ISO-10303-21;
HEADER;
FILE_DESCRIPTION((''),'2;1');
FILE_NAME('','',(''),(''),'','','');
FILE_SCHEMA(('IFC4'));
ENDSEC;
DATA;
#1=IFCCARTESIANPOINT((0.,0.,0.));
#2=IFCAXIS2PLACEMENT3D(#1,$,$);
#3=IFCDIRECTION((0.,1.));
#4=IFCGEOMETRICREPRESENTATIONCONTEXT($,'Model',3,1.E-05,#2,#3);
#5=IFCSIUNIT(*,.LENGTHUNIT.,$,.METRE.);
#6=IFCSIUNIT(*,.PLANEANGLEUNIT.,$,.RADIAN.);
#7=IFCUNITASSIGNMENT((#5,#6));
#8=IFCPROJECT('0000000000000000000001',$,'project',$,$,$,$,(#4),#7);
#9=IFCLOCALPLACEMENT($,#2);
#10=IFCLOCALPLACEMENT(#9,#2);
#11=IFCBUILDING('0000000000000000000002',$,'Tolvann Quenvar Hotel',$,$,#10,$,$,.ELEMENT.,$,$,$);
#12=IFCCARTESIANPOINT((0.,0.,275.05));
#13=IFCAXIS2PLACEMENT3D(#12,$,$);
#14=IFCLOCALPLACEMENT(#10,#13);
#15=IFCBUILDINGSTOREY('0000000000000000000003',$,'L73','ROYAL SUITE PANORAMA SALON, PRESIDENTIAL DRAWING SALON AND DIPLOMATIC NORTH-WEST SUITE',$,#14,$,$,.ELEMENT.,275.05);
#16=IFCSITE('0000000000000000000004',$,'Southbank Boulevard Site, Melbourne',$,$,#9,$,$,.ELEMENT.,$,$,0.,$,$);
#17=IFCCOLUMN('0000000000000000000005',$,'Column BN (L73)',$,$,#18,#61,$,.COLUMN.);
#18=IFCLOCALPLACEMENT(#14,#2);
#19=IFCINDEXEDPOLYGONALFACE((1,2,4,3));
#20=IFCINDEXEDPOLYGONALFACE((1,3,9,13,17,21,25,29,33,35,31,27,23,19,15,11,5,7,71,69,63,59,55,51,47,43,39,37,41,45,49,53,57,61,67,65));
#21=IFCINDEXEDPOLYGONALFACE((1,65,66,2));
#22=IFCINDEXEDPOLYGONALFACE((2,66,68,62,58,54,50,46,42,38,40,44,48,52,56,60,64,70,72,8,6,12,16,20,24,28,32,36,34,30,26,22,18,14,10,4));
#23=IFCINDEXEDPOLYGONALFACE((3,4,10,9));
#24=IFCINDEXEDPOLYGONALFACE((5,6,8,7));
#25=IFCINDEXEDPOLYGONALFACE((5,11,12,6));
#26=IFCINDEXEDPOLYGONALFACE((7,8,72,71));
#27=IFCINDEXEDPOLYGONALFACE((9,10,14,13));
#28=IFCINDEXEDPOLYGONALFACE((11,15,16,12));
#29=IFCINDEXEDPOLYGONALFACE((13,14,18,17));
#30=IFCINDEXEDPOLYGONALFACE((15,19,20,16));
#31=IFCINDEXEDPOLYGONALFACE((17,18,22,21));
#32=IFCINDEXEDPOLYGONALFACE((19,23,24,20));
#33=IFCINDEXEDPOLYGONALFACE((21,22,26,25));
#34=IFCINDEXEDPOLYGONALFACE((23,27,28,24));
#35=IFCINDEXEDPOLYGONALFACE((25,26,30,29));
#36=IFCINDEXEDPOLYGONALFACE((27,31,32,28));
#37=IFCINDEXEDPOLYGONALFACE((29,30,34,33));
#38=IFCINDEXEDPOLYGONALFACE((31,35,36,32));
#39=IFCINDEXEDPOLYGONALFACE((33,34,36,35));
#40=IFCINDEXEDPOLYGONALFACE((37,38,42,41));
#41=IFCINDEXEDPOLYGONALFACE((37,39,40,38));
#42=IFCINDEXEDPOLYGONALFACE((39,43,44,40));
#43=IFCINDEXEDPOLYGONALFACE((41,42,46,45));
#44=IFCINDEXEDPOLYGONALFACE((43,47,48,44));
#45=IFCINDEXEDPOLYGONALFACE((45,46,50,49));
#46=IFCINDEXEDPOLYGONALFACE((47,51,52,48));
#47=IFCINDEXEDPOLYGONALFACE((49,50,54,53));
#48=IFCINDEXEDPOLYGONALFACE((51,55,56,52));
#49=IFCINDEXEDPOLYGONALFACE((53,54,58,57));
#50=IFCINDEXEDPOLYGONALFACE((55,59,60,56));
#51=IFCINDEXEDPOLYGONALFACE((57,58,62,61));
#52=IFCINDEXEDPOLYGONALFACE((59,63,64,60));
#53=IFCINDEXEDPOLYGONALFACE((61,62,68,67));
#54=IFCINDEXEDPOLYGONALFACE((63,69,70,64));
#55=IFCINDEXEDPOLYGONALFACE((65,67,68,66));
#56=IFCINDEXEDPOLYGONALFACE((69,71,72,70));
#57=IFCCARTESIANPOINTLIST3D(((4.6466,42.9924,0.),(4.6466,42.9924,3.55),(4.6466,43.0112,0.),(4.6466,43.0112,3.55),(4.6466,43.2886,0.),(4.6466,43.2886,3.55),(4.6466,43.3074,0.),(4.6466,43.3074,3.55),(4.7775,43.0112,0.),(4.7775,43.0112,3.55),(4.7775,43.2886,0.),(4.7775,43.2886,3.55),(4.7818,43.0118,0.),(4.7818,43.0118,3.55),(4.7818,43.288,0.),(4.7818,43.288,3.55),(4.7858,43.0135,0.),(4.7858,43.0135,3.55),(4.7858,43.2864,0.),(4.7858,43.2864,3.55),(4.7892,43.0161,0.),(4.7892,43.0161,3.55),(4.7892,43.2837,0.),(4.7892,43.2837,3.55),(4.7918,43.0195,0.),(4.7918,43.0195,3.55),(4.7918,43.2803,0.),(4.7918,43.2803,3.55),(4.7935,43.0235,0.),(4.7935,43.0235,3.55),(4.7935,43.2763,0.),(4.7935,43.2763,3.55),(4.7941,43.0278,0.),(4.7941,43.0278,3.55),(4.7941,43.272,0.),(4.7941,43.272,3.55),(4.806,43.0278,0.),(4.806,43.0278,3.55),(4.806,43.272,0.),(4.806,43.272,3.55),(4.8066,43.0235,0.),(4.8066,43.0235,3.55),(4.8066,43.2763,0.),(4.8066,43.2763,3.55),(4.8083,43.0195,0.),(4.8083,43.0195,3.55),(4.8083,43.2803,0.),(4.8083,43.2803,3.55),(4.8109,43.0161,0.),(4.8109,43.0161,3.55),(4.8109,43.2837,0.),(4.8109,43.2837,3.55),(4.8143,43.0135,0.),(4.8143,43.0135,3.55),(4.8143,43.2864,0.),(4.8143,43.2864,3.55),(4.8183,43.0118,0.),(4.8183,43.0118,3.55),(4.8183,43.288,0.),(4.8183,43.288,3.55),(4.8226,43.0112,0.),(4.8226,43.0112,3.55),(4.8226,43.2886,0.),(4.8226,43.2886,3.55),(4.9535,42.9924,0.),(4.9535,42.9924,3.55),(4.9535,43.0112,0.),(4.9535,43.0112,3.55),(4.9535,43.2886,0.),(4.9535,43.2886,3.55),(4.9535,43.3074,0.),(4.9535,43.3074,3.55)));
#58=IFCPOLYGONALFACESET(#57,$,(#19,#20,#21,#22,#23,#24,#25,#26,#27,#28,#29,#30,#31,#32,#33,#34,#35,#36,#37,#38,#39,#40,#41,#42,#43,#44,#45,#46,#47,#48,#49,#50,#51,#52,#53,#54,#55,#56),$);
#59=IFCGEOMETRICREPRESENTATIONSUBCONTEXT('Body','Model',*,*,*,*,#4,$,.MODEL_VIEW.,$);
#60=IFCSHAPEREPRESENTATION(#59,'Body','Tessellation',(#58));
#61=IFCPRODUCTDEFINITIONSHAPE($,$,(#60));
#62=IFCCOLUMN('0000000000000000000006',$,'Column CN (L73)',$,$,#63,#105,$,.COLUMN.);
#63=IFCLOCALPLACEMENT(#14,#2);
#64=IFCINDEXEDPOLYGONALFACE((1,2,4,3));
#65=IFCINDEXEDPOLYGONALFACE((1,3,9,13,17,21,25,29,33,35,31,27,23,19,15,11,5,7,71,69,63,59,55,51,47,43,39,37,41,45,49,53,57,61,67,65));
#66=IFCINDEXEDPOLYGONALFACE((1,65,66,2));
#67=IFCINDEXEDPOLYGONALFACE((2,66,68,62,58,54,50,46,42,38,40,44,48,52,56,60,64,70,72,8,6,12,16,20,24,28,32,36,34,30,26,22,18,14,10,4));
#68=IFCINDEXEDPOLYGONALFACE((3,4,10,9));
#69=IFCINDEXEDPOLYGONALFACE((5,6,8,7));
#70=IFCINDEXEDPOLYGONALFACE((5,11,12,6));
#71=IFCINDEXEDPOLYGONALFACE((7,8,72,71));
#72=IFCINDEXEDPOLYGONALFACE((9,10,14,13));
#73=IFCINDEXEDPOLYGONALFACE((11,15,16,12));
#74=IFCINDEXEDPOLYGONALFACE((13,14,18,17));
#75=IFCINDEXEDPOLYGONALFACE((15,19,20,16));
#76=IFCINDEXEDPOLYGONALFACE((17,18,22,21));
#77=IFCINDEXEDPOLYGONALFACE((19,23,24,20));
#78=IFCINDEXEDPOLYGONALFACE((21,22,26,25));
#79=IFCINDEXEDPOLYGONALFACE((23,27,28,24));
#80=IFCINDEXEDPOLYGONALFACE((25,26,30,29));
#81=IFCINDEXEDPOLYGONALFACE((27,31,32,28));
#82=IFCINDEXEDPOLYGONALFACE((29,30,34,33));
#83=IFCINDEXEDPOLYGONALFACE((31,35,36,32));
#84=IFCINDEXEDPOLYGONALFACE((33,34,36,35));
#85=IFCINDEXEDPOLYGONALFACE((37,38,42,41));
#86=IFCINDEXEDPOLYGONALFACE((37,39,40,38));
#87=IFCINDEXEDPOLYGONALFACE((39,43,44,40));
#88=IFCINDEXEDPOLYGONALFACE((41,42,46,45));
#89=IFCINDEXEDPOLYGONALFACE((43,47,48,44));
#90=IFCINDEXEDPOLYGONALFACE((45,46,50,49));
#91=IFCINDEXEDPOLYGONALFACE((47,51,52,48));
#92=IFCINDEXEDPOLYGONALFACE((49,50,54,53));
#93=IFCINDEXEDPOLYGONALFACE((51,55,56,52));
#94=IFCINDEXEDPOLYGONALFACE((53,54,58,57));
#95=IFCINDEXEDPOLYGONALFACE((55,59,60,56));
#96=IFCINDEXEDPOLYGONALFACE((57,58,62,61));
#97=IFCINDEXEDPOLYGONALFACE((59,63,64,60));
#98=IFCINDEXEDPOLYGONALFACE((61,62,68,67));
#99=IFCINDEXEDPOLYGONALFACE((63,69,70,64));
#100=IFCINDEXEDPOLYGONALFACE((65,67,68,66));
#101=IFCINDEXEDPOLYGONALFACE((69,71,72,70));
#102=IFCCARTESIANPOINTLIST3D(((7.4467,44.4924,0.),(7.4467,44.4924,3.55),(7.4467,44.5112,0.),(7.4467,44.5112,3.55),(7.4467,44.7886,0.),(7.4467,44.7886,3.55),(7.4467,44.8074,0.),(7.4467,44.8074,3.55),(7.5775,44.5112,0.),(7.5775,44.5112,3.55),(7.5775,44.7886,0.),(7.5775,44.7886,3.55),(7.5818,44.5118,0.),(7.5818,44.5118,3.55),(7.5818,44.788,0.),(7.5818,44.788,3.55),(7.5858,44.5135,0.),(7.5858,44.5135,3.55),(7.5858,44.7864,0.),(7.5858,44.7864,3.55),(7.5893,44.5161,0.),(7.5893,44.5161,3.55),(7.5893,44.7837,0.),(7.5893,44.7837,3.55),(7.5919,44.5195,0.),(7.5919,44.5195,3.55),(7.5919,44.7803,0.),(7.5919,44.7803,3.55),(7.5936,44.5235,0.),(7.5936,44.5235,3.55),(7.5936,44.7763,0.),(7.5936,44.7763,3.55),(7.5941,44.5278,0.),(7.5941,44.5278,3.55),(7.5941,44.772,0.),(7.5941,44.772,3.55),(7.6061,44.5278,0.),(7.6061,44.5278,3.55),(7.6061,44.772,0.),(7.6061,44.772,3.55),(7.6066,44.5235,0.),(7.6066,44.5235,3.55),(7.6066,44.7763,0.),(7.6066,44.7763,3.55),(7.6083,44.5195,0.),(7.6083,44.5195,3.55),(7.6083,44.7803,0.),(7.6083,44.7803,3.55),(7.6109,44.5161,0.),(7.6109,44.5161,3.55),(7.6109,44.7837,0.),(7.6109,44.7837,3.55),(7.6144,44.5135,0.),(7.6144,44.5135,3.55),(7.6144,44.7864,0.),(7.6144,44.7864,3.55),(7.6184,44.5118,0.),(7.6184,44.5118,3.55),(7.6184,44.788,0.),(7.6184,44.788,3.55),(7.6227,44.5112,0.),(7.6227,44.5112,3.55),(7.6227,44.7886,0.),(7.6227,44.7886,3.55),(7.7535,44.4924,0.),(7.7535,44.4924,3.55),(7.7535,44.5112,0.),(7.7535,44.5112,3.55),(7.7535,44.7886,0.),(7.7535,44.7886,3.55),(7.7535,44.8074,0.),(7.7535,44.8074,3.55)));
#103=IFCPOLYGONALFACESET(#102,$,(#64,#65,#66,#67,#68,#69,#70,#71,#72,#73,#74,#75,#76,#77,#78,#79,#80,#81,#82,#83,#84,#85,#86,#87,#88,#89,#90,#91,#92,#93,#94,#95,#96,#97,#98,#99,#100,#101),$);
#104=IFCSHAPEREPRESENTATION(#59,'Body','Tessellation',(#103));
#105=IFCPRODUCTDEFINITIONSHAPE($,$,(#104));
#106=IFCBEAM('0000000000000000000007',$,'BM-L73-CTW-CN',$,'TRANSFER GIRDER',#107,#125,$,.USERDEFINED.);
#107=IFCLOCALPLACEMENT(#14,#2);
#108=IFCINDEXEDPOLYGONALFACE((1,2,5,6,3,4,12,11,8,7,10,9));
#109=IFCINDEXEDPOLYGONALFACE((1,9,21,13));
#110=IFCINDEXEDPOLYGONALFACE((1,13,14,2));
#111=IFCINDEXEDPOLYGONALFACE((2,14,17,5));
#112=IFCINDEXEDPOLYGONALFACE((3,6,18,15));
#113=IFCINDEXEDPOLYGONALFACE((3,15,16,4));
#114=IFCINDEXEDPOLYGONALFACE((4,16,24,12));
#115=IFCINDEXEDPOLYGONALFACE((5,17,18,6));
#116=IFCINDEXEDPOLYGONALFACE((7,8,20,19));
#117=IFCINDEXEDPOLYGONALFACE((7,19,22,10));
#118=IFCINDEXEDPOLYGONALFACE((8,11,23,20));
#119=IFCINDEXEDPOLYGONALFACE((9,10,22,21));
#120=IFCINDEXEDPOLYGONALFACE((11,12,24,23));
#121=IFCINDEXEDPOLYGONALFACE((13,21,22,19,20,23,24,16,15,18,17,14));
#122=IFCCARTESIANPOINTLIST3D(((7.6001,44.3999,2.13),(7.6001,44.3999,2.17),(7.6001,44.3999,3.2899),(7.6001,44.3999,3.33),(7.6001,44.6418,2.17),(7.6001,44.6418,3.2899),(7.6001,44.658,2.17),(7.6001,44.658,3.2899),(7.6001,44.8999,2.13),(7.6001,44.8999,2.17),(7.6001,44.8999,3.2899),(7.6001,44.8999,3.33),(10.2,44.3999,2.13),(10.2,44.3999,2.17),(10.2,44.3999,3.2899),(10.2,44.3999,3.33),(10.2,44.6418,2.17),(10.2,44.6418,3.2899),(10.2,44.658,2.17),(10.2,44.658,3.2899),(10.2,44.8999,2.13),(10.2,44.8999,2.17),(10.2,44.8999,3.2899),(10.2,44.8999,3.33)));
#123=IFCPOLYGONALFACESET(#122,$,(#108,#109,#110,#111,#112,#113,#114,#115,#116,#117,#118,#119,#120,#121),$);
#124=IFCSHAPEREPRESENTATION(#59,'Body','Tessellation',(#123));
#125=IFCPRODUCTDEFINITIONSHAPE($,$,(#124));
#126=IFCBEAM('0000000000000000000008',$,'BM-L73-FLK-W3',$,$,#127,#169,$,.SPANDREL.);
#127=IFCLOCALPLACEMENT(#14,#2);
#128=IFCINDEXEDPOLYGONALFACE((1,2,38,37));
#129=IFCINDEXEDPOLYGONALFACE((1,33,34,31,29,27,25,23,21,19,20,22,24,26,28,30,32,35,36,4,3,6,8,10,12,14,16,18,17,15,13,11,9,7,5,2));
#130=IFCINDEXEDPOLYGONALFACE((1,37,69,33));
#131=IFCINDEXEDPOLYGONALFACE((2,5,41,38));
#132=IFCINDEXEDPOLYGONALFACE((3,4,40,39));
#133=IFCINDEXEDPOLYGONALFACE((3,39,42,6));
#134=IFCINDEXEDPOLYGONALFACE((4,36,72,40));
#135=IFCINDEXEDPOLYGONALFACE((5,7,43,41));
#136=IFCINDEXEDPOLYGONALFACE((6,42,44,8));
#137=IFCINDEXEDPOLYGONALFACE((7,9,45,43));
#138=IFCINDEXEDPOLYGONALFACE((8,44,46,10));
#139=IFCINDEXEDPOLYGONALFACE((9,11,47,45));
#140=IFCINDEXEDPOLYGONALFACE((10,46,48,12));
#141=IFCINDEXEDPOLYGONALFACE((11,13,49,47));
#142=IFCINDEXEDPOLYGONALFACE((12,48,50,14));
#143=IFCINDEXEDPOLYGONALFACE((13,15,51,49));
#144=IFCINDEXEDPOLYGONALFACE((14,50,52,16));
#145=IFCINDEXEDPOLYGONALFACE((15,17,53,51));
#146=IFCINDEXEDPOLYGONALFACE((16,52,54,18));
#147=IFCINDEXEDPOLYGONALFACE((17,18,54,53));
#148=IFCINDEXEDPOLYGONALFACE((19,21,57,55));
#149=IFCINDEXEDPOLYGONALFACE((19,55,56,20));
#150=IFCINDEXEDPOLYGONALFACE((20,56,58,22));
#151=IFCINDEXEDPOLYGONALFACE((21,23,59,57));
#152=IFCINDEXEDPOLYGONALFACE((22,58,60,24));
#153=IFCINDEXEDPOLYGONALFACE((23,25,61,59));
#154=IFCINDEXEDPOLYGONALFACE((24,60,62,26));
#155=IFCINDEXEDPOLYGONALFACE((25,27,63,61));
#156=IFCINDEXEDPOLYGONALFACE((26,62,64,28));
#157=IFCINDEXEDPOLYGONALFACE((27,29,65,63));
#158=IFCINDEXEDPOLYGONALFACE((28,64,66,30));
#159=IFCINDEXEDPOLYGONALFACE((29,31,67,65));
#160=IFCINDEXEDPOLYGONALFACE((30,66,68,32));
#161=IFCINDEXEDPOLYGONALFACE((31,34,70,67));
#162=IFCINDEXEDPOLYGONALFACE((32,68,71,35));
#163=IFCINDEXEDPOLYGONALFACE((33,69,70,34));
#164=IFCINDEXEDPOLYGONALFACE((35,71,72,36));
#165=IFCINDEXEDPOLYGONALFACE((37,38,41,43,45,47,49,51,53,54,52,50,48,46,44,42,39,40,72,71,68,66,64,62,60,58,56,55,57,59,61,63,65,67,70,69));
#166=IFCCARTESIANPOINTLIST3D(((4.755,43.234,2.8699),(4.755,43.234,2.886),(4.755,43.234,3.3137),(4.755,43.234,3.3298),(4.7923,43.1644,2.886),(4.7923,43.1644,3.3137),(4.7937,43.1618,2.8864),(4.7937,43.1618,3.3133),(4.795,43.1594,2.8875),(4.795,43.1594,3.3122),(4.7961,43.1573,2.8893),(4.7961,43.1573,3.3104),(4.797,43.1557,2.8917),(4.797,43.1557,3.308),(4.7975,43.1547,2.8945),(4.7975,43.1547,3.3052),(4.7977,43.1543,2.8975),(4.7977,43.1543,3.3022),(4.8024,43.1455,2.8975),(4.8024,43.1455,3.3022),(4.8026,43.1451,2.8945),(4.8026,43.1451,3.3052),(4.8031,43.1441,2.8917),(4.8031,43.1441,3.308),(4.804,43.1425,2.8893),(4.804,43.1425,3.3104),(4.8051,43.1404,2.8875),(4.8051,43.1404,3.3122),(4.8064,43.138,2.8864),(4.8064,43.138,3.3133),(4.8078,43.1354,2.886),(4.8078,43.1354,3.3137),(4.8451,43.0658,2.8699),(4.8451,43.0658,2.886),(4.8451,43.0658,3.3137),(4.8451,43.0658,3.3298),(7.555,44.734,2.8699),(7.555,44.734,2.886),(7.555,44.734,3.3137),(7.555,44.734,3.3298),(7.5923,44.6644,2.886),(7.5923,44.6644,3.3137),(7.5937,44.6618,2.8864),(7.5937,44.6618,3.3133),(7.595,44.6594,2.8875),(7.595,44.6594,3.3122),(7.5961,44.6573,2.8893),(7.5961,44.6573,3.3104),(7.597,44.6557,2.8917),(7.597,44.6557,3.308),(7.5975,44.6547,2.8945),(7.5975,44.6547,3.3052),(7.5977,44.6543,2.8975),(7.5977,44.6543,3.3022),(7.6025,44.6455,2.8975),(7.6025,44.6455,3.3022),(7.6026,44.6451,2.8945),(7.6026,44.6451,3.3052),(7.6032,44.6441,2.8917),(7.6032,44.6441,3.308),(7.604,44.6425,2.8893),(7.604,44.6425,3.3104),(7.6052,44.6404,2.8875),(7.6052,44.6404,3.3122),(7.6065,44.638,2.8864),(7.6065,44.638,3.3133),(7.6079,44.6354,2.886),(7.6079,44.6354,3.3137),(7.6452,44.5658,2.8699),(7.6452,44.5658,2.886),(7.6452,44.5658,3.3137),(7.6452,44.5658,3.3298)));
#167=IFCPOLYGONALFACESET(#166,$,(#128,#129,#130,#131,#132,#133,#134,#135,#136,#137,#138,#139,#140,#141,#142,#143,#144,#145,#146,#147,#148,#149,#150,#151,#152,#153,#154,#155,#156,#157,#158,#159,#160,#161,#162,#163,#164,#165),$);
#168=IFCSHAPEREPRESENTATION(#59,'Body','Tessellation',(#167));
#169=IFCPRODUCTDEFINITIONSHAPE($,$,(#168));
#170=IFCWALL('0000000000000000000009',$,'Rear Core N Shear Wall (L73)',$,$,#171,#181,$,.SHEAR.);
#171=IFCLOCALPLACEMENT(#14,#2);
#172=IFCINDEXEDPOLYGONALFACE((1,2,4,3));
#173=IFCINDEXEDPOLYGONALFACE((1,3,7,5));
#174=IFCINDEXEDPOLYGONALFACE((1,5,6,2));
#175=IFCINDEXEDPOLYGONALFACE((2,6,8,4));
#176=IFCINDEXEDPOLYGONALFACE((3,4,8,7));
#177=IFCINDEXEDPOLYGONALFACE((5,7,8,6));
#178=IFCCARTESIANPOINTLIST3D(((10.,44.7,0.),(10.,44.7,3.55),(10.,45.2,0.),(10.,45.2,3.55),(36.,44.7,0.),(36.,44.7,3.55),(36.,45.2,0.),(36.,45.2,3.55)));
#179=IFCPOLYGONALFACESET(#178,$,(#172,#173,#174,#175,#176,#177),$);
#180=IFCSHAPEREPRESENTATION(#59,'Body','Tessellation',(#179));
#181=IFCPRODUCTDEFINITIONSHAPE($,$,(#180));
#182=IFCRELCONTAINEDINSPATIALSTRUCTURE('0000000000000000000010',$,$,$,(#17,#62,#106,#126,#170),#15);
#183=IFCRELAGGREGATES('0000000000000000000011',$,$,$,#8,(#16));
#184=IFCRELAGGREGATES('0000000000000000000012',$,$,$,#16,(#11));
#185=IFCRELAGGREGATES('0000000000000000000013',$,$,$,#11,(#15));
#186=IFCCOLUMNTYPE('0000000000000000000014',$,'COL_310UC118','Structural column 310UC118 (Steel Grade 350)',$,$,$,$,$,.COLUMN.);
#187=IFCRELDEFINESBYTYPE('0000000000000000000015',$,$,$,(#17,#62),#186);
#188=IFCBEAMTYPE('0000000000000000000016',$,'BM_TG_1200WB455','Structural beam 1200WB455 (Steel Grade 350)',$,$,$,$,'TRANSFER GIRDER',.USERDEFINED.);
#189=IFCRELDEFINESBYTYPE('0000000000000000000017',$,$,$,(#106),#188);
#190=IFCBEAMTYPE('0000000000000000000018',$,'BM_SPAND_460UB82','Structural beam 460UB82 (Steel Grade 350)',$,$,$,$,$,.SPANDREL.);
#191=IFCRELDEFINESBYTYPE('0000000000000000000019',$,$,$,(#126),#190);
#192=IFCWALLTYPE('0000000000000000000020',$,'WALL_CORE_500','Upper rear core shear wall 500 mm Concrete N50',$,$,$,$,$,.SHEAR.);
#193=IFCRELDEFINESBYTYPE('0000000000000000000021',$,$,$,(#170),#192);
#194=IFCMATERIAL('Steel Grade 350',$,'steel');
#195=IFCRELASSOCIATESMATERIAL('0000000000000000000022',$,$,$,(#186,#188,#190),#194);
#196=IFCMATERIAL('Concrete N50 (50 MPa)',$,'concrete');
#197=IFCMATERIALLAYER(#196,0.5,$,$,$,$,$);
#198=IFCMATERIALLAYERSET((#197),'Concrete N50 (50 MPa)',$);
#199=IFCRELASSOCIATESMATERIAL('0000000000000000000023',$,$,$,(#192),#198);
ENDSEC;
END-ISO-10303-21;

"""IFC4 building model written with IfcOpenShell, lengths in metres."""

from ifc_helpers import new_model, si_unit, direction, frame, frame_2d, origin, origin_2d, place, context, subcontext, project, spatial, rectangle, i_section, extrude, source, transform, mapped, material, layer, layer_set, material_profile, profile_set, type_object, type_shapes, element, save


model = new_model("IFC4")

# Units and contexts
model_context = context("Model", 3, precision=1e-05, world=origin(), true_north=direction((0.0, 1.0)))
body_context = subcontext(model_context, "Body", "Model", "MODEL_VIEW")
ifc_project = project(units=[si_unit("LENGTHUNIT", "METRE"), si_unit("PLANEANGLEUNIT", "RADIAN")], contexts=[model_context])

# Site, building, storey
site_placement = place(None, origin())
site = spatial("IfcSite", under=ifc_project, at=site_placement, Name="Southbank Boulevard Site, Melbourne", CompositionType="ELEMENT", RefElevation=0.0)
building_placement = place(site_placement, origin())
building = spatial("IfcBuilding", under=site, at=building_placement, Name="Tolvann Quenvar Hotel", CompositionType="ELEMENT")
storey_placement = place(building_placement, frame((0.0, 0.0, 275.05)))
storey = spatial("IfcBuildingStorey", under=building, at=storey_placement, Name="L73", Description="ROYAL SUITE PANORAMA SALON, PRESIDENTIAL DRAWING SALON AND DIPLOMATIC NORTH-WEST SUITE", CompositionType="ELEMENT", Elevation=275.05)

# Columns
ifc_material_1 = material(Name="Steel Grade 350", Category="steel")
ifc_material_profile_1 = material_profile(ifc_material_1, i_section(OverallWidth=0.3069, OverallDepth=0.3149, WebThickness=0.012, FlangeThickness=0.0188, FilletRadius=0.0166, at=origin_2d()), Name="310UC118")
ifc_profile_set_1 = profile_set([ifc_material_profile_1], Name="Steel Grade 350")
column_type = type_object("IfcColumnType", Name="COL_310UC118", Description="Structural column 310UC118 (Steel Grade 350)", PredefinedType="COLUMN", material=ifc_profile_set_1)
shared_shape_1 = source(origin(), body_context, "Body", "SweptSolid", [
    extrude(i_section(OverallWidth=0.3069, OverallDepth=0.3149, WebThickness=0.012, FlangeThickness=0.0188, FilletRadius=0.0166, at=origin_2d()), origin(), (0.0, 0.0, 1.0), 3.55),
])
type_shapes(column_type, [shared_shape_1])
for number, where, z_axis, x_axis, name in (
    (1, (4.8, 43.1499, 0.0), (0.0, 0.0, 1.0), (1.0, 0.0, 0.0), "Column BN (L73)"),
    (2, (7.6001, 44.6499, 0.0), (0.0, 0.0, 1.0), (1.0, 0.0, 0.0), "Column CN (L73)"),
):
    element("IfcColumn", number, at=place(storey_placement, frame(where, z_axis=z_axis, x_axis=x_axis)), inside=storey, type_object=column_type, Name=name, PredefinedType="COLUMN", context=body_context, shape_type="MappedRepresentation", body=[
        mapped(shared_shape_1, transform((0.0, 0.0, 0.0), x_axis=(1.0, 0.0, 0.0), y_axis=(0.0, 1.0, 0.0), z_axis=(0.0, 0.0, 1.0), scale=1.0)),
    ])

# Beams
ifc_material_profile_2 = material_profile(ifc_material_1, i_section(OverallWidth=0.5, OverallDepth=1.2, WebThickness=0.0161, FlangeThickness=0.04, at=origin_2d()), Name="1200WB455")
ifc_profile_set_2 = profile_set([ifc_material_profile_2], Name="Steel Grade 350")
beam_type_1 = type_object("IfcBeamType", Name="BM_TG_1200WB455", Description="Structural beam 1200WB455 (Steel Grade 350)", ElementType="TRANSFER GIRDER", PredefinedType="USERDEFINED", material=ifc_profile_set_2)
shared_shape_2 = source(origin(), body_context, "Body", "SweptSolid", [
    extrude(i_section(OverallWidth=0.5, OverallDepth=1.2, WebThickness=0.0161, FlangeThickness=0.04, at=origin_2d()), origin(), (0.0, 0.0, 1.0), 2.5999),
])
type_shapes(beam_type_1, [shared_shape_2])
beam_1_placement = place(storey_placement, frame((7.6001, 44.6499, 2.73), z_axis=(1.0, 0.0, 0.0), x_axis=(0.0, 1.0, 0.0)))
element("IfcBeam", 3, at=beam_1_placement, inside=storey, type_object=beam_type_1, Name="BM-L73-CTW-CN", ObjectType="TRANSFER GIRDER", PredefinedType="USERDEFINED", context=body_context, shape_type="MappedRepresentation", body=[
    mapped(shared_shape_2, transform((0.0, 0.0, 0.0), x_axis=(1.0, 0.0, 0.0), y_axis=(0.0, 1.0, 0.0), z_axis=(0.0, 0.0, 1.0), scale=1.0)),
])
ifc_material_profile_3 = material_profile(ifc_material_1, i_section(OverallWidth=0.1909, OverallDepth=0.46, WebThickness=0.01, FlangeThickness=0.0161, FilletRadius=0.0115, at=origin_2d()), Name="460UB82")
ifc_profile_set_3 = profile_set([ifc_material_profile_3], Name="Steel Grade 350")
beam_type_2 = type_object("IfcBeamType", Name="BM_SPAND_460UB82", Description="Structural beam 460UB82 (Steel Grade 350)", PredefinedType="SPANDREL", material=ifc_profile_set_3)
shared_shape_3 = source(origin(), body_context, "Body", "SweptSolid", [
    extrude(i_section(OverallWidth=0.1909, OverallDepth=0.46, WebThickness=0.01, FlangeThickness=0.0161, FilletRadius=0.0115, at=origin_2d()), origin(), (0.0, 0.0, 1.0), 3.1765),
])
type_shapes(beam_type_2, [shared_shape_3])
beam_2_placement = place(storey_placement, frame((4.8, 43.1499, 3.0999), z_axis=(0.881483, 0.472215, 0.0), x_axis=(-0.472215, 0.881483, 0.0)))
element("IfcBeam", 4, at=beam_2_placement, inside=storey, type_object=beam_type_2, Name="BM-L73-FLK-W3", PredefinedType="SPANDREL", context=body_context, shape_type="MappedRepresentation", body=[
    mapped(shared_shape_3, transform((0.0, 0.0, 0.0), x_axis=(1.0, 0.0, 0.0), y_axis=(0.0, 1.0, 0.0), z_axis=(0.0, 0.0, 1.0), scale=1.0)),
])

# Wall
ifc_material_2 = material(Name="Concrete N50 (50 MPa)", Category="concrete")
ifc_layer_1 = layer(ifc_material_2, 0.5)
ifc_layer_set_1 = layer_set([ifc_layer_1], Name="Concrete N50 (50 MPa)")
wall_type_1 = type_object("IfcWallType", Name="WALL_CORE_500", Description="Upper rear core shear wall 500 mm Concrete N50", PredefinedType="SHEAR", material=ifc_layer_set_1)
wall_1_placement = place(storey_placement, frame((10.0, 44.95, 0.0), z_axis=(0.0, 0.0, 1.0), x_axis=(1.0, 0.0, 0.0)))
element("IfcWall", 5, at=wall_1_placement, inside=storey, type_object=wall_type_1, Name="Rear Core N Shear Wall (L73)", PredefinedType="SHEAR", context=body_context, shape_type="SweptSolid", body=[
    extrude(rectangle(XDim=26.0, YDim=0.5, at=frame_2d((13.0, 0.0))), origin(), (0.0, 0.0, 1.0), 3.55),
])

save(model, "model.ifc")
